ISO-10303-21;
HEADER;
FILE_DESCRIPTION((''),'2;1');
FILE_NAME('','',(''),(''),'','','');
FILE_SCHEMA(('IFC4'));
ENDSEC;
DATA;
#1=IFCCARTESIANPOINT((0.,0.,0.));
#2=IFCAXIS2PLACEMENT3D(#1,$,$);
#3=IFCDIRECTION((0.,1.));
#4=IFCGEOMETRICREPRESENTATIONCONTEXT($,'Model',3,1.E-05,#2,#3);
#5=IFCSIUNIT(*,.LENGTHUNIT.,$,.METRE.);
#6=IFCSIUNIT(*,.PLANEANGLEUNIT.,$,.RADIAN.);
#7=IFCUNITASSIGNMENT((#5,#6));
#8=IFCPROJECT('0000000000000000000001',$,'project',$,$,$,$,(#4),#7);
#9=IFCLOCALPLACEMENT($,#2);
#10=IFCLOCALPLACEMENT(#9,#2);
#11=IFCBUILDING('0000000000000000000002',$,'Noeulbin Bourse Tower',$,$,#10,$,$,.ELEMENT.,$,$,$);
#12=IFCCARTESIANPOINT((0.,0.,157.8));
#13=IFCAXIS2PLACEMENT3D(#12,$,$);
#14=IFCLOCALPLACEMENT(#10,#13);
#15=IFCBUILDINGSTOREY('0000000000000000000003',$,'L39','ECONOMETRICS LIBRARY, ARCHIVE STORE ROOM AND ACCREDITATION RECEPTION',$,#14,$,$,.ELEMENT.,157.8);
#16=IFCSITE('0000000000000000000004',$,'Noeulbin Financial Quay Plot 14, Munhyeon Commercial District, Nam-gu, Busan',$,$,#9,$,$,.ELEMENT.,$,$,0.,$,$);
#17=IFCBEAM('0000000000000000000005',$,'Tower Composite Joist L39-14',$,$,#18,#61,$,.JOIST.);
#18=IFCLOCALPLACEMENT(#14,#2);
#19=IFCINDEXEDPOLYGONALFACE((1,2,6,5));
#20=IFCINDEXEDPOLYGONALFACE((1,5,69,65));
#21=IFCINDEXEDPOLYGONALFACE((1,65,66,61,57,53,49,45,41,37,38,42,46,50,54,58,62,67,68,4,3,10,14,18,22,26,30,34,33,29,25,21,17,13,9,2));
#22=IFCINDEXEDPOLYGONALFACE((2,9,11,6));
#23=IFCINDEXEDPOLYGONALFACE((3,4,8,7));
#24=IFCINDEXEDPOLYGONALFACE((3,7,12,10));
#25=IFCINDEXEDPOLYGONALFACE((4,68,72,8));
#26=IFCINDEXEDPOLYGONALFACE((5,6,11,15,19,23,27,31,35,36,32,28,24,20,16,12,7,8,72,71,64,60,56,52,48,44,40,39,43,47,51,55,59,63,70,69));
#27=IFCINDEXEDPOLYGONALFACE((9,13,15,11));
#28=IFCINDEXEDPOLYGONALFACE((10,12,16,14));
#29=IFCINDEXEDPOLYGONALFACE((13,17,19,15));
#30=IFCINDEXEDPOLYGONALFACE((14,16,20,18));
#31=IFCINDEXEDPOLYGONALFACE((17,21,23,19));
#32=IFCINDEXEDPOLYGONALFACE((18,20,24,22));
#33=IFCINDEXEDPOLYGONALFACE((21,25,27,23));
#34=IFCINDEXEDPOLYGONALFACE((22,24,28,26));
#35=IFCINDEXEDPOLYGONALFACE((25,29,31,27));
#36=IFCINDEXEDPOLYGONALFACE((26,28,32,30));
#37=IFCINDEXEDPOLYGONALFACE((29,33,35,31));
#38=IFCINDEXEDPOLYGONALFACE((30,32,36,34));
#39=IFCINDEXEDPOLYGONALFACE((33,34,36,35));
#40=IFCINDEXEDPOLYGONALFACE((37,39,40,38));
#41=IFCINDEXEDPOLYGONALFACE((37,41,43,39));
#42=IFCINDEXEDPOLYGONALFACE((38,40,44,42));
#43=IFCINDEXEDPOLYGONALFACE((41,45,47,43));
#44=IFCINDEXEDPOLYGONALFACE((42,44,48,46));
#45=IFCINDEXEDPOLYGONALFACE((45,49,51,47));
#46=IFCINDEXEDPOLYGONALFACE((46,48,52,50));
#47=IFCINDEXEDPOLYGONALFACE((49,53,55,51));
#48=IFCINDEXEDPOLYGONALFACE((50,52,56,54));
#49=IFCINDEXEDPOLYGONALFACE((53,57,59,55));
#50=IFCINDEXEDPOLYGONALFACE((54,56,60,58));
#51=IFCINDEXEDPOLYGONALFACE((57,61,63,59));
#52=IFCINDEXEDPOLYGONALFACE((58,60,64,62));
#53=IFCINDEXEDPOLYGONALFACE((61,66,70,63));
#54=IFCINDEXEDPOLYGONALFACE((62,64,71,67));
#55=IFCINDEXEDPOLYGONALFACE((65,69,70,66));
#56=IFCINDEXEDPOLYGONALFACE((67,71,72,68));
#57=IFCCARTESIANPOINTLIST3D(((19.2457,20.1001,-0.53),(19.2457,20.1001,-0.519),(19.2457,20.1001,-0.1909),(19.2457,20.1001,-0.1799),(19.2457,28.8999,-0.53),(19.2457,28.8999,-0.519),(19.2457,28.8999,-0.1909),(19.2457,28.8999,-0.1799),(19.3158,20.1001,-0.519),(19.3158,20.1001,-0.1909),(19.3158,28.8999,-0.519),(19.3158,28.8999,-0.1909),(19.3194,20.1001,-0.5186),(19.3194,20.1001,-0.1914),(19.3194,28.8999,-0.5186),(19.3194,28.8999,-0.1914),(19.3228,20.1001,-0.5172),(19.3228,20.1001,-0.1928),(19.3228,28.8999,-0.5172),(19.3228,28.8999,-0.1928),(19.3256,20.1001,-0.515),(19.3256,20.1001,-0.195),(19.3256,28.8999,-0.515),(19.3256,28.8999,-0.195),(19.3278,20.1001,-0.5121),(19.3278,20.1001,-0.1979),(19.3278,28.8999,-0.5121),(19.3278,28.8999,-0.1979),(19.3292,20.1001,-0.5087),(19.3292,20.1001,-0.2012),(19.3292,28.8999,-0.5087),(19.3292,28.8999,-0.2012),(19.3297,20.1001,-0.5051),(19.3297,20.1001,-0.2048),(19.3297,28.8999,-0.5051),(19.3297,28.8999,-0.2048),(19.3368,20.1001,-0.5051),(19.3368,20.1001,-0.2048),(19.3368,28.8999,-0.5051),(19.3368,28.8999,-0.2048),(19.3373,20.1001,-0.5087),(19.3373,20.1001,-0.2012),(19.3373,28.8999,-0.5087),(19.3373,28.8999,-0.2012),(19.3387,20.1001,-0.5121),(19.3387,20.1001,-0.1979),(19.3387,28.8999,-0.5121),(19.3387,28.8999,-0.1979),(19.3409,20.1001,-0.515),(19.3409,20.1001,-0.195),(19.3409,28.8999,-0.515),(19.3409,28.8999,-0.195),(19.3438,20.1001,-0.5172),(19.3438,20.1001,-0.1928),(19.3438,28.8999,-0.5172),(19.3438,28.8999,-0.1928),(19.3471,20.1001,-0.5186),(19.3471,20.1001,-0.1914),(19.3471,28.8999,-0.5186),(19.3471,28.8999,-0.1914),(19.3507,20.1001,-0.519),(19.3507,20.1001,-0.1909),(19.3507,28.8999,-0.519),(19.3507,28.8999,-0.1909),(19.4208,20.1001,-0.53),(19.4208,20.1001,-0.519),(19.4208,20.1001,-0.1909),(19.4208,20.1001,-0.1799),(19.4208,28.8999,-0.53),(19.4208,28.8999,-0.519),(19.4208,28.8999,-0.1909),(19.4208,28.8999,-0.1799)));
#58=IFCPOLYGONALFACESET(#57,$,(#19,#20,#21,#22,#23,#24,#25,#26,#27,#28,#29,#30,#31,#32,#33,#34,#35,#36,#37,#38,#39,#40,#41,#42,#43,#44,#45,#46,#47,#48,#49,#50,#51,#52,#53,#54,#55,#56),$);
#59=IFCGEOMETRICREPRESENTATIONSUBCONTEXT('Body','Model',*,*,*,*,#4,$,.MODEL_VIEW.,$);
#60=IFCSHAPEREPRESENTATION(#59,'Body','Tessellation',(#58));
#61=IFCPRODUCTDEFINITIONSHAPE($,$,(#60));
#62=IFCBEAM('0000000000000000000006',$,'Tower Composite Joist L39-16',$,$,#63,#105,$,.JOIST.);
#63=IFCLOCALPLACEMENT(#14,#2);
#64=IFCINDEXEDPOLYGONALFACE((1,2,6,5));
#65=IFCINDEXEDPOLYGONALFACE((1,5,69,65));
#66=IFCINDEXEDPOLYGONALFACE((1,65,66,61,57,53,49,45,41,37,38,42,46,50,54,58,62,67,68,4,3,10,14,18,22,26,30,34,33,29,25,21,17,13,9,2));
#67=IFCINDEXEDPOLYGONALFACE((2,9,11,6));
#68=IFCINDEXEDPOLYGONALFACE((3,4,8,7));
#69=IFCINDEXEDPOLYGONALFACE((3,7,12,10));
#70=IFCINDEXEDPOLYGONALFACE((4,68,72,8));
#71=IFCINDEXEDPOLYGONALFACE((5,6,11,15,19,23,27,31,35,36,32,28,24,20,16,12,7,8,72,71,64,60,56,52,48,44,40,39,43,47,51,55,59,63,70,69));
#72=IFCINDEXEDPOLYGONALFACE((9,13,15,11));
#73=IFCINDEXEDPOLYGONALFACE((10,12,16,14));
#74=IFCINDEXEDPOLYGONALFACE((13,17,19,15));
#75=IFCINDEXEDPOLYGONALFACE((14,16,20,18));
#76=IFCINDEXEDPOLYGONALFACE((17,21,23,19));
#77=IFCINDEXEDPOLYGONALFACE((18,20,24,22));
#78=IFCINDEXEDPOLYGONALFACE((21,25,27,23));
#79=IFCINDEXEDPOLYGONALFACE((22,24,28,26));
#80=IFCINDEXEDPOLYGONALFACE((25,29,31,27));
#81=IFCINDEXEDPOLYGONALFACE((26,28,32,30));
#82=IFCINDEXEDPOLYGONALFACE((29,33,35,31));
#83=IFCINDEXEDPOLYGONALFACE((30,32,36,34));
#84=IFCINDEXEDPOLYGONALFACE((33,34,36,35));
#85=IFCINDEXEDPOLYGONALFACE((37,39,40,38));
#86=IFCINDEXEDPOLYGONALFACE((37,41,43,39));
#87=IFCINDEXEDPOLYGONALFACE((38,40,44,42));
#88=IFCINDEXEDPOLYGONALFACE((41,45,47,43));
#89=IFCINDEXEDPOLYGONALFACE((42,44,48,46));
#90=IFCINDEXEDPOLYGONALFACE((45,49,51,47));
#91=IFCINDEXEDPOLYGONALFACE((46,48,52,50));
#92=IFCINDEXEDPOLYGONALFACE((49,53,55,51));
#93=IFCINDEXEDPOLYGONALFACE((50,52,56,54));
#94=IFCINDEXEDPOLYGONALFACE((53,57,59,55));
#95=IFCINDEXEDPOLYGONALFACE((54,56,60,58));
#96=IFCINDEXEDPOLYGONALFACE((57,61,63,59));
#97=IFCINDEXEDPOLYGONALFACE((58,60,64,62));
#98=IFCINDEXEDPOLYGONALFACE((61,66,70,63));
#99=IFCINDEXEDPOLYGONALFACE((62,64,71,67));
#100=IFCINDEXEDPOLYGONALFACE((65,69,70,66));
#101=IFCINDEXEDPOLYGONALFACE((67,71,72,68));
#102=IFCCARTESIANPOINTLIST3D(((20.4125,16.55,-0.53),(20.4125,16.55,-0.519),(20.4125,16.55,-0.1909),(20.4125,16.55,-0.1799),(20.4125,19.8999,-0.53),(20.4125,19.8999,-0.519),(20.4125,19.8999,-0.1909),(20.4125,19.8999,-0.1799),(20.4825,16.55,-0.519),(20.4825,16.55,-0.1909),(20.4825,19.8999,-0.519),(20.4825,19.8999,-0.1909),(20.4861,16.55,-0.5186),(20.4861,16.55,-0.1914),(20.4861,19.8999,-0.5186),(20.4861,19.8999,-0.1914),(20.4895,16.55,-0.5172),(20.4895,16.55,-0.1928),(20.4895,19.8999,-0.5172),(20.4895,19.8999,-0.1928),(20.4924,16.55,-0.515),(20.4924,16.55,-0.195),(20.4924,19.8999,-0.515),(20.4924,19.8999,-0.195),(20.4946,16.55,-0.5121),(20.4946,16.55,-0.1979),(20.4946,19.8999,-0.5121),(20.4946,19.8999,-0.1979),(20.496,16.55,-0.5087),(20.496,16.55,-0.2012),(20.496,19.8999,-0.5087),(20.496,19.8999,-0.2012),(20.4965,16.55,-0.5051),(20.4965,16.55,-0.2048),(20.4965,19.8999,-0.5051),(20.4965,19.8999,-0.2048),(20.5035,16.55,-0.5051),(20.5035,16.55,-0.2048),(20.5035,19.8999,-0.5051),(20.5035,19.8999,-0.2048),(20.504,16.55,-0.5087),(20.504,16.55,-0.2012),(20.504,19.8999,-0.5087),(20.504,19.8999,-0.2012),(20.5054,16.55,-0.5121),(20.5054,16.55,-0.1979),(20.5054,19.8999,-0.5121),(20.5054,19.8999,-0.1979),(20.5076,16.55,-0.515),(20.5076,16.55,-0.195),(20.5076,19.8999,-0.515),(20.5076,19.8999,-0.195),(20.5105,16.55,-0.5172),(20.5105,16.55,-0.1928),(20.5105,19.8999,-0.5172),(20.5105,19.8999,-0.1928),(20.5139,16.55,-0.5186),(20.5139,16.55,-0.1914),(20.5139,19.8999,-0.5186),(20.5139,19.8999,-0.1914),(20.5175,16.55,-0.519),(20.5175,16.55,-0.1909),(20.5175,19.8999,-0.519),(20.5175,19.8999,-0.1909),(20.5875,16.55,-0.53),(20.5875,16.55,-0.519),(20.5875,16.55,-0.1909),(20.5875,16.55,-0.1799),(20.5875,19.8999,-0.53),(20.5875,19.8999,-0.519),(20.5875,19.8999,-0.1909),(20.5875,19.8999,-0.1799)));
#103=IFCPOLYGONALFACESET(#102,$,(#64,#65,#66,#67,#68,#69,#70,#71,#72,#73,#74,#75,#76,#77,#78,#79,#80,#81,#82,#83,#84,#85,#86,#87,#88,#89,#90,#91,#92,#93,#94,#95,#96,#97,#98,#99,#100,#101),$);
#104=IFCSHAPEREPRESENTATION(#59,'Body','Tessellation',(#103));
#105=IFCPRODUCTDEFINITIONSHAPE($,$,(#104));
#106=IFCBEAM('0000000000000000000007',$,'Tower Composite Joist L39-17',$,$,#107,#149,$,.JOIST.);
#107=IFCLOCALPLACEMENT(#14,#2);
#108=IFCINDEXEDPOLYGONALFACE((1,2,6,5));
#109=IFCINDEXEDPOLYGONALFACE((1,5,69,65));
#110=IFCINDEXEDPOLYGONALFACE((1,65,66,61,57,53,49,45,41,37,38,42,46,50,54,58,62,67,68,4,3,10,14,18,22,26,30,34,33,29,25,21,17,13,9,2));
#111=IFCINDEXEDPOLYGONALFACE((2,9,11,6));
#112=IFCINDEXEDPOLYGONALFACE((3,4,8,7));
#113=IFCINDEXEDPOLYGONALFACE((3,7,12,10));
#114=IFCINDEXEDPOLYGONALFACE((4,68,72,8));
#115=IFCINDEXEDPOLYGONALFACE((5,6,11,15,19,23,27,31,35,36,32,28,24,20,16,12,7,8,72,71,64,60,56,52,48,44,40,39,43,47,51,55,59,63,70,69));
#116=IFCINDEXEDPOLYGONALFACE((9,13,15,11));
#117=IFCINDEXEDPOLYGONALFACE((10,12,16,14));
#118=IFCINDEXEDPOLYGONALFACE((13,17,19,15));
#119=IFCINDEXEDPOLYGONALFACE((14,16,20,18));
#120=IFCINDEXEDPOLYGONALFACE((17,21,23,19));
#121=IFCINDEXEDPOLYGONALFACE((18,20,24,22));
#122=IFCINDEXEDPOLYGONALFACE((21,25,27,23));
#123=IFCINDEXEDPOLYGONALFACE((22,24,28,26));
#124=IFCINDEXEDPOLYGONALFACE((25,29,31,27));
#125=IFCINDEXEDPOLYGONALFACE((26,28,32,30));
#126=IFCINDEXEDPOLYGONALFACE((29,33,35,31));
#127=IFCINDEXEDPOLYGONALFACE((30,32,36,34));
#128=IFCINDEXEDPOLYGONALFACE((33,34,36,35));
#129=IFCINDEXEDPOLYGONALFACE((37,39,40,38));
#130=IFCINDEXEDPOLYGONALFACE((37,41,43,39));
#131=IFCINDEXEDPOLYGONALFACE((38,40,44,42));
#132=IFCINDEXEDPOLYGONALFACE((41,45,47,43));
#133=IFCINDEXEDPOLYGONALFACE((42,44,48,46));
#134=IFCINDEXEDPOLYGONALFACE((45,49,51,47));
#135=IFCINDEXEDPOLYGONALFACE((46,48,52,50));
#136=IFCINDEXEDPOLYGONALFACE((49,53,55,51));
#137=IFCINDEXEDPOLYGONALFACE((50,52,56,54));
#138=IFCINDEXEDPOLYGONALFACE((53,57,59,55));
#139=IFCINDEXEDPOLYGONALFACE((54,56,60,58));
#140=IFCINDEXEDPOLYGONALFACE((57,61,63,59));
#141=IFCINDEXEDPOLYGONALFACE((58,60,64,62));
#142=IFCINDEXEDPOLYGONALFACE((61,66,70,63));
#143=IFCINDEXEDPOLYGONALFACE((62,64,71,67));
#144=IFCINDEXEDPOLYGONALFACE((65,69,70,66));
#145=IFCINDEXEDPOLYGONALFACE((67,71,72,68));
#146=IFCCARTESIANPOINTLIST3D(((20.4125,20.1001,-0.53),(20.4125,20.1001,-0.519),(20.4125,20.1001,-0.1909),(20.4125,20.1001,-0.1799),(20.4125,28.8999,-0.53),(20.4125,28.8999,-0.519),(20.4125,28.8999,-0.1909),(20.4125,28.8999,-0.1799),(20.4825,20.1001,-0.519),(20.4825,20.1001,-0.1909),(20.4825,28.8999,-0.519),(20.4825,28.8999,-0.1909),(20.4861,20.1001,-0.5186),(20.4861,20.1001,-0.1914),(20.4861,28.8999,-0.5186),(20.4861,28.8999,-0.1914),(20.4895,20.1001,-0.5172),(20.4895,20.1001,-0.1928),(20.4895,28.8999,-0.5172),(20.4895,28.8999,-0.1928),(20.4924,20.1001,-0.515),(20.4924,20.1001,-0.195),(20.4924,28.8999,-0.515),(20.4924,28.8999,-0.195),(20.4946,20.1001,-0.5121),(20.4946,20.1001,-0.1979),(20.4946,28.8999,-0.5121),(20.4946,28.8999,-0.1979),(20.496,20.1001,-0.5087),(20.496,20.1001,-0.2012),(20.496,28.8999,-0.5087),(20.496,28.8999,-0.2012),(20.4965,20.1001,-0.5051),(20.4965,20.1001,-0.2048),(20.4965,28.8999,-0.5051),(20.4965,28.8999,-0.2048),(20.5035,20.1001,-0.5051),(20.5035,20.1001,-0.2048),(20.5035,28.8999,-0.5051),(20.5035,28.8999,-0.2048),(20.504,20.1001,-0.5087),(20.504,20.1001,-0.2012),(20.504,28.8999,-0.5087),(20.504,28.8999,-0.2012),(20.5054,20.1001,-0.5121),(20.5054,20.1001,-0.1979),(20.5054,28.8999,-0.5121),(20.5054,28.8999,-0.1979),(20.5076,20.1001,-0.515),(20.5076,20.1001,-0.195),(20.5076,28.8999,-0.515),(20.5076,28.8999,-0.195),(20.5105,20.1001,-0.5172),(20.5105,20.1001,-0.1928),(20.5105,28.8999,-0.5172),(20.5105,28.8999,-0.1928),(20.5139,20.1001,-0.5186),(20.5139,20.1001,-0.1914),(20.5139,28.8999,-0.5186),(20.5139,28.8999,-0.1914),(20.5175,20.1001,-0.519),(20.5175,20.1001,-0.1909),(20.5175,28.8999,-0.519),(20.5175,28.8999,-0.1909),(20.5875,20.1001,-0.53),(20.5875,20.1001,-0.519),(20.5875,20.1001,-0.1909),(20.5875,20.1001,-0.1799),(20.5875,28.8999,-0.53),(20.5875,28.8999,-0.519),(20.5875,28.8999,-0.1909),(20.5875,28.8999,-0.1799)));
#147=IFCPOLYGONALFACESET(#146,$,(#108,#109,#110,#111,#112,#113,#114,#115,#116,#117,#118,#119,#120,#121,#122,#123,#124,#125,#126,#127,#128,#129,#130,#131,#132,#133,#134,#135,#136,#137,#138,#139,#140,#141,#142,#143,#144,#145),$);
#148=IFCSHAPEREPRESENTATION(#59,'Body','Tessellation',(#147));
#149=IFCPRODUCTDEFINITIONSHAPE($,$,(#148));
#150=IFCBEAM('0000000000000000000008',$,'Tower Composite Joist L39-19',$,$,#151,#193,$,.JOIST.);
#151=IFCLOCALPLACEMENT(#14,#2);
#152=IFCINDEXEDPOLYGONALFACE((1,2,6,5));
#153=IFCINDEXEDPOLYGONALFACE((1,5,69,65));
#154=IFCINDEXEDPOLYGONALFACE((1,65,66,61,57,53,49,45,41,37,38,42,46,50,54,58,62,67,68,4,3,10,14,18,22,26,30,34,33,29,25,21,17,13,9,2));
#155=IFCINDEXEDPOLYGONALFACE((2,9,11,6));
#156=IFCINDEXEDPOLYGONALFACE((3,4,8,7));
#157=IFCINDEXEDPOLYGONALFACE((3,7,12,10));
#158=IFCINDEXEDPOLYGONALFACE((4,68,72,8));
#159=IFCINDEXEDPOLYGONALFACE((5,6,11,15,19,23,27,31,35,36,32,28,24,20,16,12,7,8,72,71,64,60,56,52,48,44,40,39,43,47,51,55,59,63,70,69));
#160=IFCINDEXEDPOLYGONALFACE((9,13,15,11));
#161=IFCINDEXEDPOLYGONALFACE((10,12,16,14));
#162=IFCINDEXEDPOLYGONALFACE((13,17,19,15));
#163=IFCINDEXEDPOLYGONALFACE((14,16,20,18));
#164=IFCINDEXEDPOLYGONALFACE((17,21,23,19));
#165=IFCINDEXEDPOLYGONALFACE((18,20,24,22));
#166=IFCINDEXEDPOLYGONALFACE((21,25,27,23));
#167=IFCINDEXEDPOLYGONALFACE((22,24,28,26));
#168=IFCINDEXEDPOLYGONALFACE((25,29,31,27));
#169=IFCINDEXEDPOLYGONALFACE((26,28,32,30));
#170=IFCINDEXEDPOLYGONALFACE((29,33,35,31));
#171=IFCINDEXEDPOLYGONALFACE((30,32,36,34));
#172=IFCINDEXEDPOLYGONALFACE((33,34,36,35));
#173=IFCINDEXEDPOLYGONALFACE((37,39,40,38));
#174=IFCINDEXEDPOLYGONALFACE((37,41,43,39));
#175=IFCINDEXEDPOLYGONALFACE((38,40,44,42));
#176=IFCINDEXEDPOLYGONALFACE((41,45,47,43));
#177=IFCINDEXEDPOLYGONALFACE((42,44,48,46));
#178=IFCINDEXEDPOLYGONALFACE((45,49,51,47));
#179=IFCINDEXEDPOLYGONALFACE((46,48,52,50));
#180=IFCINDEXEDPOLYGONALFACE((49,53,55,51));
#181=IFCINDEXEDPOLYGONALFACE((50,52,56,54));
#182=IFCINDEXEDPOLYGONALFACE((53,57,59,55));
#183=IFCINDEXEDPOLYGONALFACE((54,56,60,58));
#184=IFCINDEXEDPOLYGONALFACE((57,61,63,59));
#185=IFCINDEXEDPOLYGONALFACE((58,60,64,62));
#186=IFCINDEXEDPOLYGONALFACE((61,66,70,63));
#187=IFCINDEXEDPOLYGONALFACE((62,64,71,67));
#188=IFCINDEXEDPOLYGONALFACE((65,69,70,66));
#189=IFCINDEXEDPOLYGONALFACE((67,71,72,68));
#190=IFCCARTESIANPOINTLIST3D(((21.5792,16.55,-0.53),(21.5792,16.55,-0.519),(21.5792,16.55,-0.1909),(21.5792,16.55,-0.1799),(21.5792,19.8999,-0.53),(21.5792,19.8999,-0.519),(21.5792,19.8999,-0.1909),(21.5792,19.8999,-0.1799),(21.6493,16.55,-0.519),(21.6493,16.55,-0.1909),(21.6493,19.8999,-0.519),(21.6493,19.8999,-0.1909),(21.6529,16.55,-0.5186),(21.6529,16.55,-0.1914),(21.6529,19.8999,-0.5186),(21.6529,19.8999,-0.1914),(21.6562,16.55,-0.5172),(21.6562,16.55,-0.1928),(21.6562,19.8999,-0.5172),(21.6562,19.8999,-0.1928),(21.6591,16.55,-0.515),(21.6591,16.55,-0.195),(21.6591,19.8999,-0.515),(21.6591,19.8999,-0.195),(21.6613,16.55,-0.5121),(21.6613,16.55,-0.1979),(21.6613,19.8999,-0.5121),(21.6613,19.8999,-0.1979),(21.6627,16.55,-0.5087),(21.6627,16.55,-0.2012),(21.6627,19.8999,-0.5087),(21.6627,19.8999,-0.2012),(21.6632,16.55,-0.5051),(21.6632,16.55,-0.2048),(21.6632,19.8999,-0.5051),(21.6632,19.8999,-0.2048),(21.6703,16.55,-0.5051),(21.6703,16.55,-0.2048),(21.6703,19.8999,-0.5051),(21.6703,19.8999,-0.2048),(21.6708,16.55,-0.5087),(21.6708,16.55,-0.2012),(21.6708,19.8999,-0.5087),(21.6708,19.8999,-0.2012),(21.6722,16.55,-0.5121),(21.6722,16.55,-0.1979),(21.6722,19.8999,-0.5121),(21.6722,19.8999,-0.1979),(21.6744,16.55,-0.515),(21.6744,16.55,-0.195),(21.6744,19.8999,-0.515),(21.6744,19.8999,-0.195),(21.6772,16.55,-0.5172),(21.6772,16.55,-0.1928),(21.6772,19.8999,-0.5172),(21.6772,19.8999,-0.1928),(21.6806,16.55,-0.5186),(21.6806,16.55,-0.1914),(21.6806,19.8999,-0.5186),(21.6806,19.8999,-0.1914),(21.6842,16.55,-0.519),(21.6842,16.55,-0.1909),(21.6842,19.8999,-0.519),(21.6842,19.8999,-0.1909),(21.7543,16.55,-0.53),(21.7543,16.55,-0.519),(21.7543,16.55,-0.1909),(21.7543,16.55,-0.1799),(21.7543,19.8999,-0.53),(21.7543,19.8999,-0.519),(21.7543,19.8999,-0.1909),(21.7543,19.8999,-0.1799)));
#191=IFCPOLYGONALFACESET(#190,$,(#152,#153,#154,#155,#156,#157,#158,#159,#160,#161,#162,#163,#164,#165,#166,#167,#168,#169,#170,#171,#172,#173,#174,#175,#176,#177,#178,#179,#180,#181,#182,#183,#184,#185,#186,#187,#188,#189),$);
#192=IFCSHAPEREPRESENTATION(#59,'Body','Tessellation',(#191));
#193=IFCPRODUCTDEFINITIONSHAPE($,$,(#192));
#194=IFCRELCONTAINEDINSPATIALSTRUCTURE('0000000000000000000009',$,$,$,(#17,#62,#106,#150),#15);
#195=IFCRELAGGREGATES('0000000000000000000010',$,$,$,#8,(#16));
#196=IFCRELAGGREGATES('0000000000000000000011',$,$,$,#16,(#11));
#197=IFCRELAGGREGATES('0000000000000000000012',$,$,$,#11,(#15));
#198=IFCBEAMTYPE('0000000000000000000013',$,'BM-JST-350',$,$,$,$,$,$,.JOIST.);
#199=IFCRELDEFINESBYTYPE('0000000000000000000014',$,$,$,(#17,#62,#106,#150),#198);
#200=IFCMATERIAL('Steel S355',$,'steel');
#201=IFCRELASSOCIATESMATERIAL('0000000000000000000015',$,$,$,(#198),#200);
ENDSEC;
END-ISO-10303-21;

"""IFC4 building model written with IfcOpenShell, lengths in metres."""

from ifc_helpers import new_model, si_unit, direction, frame, origin, origin_2d, place, context, subcontext, project, spatial, i_section, extrude, material, material_profile, profile_set, type_object, element, save


model = new_model("IFC4")

# Units and contexts
model_context = context("Model", 3, precision=1e-05, world=origin(), true_north=direction((0.0, 1.0)))
body_context = subcontext(model_context, "Body", "Model", "MODEL_VIEW")
ifc_project = project(units=[si_unit("LENGTHUNIT", "METRE"), si_unit("PLANEANGLEUNIT", "RADIAN")], contexts=[model_context])

# Site, building, storey
site_placement = place(None, origin())
site = spatial("IfcSite", under=ifc_project, at=site_placement, Name="Noeulbin Financial Quay Plot 14, Munhyeon Commercial District, Nam-gu, Busan", CompositionType="ELEMENT", RefElevation=0.0)
building_placement = place(site_placement, origin())
building = spatial("IfcBuilding", under=site, at=building_placement, Name="Noeulbin Bourse Tower", CompositionType="ELEMENT")
storey_placement = place(building_placement, frame((0.0, 0.0, 157.8)))
storey = spatial("IfcBuildingStorey", under=building, at=storey_placement, Name="L39", Description="ECONOMETRICS LIBRARY, ARCHIVE STORE ROOM AND ACCREDITATION RECEPTION", CompositionType="ELEMENT", Elevation=157.8)

# Shared definitions
ifc_material_1 = material(Name="Steel S355", Category="steel")

# Beams
ifc_material_profile_1 = material_profile(ifc_material_1, i_section(OverallWidth=0.175, OverallDepth=0.3501, WebThickness=0.0071, FlangeThickness=0.011, FilletRadius=0.0139, at=origin_2d()), Name="H-350x175x7x11", Category="LoadBearing")
ifc_profile_set_1 = profile_set([ifc_material_profile_1], Name="Steel S355")
beam_type_1 = type_object("IfcBeamType", Name="BM-JST-350", PredefinedType="JOIST", material=ifc_profile_set_1)
beam_1_placement = place(storey_placement, frame((19.3333, 20.1001, -0.355), z_axis=(0.0, 1.0, 0.0), x_axis=(-1.0, 0.0, 0.0)))
element("IfcBeam", 1, at=beam_1_placement, inside=storey, type_object=beam_type_1, Name="Tower Composite Joist L39-14", PredefinedType="JOIST", context=body_context, shape_type="SweptSolid", body=[
    extrude(i_section(OverallWidth=0.175, OverallDepth=0.3501, WebThickness=0.0071, FlangeThickness=0.011, FilletRadius=0.0139, at=origin_2d()), origin(), (0.0, 0.0, 1.0), 8.7998),
])
beam_2_placement = place(storey_placement, frame((20.5, 16.55, -0.355), z_axis=(0.0, 1.0, 0.0), x_axis=(-1.0, 0.0, 0.0)))
element("IfcBeam", 2, at=beam_2_placement, inside=storey, type_object=beam_type_1, Name="Tower Composite Joist L39-16", PredefinedType="JOIST", context=body_context, shape_type="SweptSolid", body=[
    extrude(i_section(OverallWidth=0.175, OverallDepth=0.3501, WebThickness=0.0071, FlangeThickness=0.011, FilletRadius=0.0139, at=origin_2d()), origin(), (0.0, 0.0, 1.0), 3.3499),
])
beam_3_placement = place(storey_placement, frame((20.5, 20.1001, -0.355), z_axis=(0.0, 1.0, 0.0), x_axis=(-1.0, 0.0, 0.0)))
element("IfcBeam", 3, at=beam_3_placement, inside=storey, type_object=beam_type_1, Name="Tower Composite Joist L39-17", PredefinedType="JOIST", context=body_context, shape_type="SweptSolid", body=[
    extrude(i_section(OverallWidth=0.175, OverallDepth=0.3501, WebThickness=0.0071, FlangeThickness=0.011, FilletRadius=0.0139, at=origin_2d()), origin(), (0.0, 0.0, 1.0), 8.7998),
])
beam_4_placement = place(storey_placement, frame((21.6667, 16.55, -0.355), z_axis=(0.0, 1.0, 0.0), x_axis=(-1.0, 0.0, 0.0)))
element("IfcBeam", 4, at=beam_4_placement, inside=storey, type_object=beam_type_1, Name="Tower Composite Joist L39-19", PredefinedType="JOIST", context=body_context, shape_type="SweptSolid", body=[
    extrude(i_section(OverallWidth=0.175, OverallDepth=0.3501, WebThickness=0.0071, FlangeThickness=0.011, FilletRadius=0.0139, at=origin_2d()), origin(), (0.0, 0.0, 1.0), 3.3499),
])

save(model, "model.ifc")
